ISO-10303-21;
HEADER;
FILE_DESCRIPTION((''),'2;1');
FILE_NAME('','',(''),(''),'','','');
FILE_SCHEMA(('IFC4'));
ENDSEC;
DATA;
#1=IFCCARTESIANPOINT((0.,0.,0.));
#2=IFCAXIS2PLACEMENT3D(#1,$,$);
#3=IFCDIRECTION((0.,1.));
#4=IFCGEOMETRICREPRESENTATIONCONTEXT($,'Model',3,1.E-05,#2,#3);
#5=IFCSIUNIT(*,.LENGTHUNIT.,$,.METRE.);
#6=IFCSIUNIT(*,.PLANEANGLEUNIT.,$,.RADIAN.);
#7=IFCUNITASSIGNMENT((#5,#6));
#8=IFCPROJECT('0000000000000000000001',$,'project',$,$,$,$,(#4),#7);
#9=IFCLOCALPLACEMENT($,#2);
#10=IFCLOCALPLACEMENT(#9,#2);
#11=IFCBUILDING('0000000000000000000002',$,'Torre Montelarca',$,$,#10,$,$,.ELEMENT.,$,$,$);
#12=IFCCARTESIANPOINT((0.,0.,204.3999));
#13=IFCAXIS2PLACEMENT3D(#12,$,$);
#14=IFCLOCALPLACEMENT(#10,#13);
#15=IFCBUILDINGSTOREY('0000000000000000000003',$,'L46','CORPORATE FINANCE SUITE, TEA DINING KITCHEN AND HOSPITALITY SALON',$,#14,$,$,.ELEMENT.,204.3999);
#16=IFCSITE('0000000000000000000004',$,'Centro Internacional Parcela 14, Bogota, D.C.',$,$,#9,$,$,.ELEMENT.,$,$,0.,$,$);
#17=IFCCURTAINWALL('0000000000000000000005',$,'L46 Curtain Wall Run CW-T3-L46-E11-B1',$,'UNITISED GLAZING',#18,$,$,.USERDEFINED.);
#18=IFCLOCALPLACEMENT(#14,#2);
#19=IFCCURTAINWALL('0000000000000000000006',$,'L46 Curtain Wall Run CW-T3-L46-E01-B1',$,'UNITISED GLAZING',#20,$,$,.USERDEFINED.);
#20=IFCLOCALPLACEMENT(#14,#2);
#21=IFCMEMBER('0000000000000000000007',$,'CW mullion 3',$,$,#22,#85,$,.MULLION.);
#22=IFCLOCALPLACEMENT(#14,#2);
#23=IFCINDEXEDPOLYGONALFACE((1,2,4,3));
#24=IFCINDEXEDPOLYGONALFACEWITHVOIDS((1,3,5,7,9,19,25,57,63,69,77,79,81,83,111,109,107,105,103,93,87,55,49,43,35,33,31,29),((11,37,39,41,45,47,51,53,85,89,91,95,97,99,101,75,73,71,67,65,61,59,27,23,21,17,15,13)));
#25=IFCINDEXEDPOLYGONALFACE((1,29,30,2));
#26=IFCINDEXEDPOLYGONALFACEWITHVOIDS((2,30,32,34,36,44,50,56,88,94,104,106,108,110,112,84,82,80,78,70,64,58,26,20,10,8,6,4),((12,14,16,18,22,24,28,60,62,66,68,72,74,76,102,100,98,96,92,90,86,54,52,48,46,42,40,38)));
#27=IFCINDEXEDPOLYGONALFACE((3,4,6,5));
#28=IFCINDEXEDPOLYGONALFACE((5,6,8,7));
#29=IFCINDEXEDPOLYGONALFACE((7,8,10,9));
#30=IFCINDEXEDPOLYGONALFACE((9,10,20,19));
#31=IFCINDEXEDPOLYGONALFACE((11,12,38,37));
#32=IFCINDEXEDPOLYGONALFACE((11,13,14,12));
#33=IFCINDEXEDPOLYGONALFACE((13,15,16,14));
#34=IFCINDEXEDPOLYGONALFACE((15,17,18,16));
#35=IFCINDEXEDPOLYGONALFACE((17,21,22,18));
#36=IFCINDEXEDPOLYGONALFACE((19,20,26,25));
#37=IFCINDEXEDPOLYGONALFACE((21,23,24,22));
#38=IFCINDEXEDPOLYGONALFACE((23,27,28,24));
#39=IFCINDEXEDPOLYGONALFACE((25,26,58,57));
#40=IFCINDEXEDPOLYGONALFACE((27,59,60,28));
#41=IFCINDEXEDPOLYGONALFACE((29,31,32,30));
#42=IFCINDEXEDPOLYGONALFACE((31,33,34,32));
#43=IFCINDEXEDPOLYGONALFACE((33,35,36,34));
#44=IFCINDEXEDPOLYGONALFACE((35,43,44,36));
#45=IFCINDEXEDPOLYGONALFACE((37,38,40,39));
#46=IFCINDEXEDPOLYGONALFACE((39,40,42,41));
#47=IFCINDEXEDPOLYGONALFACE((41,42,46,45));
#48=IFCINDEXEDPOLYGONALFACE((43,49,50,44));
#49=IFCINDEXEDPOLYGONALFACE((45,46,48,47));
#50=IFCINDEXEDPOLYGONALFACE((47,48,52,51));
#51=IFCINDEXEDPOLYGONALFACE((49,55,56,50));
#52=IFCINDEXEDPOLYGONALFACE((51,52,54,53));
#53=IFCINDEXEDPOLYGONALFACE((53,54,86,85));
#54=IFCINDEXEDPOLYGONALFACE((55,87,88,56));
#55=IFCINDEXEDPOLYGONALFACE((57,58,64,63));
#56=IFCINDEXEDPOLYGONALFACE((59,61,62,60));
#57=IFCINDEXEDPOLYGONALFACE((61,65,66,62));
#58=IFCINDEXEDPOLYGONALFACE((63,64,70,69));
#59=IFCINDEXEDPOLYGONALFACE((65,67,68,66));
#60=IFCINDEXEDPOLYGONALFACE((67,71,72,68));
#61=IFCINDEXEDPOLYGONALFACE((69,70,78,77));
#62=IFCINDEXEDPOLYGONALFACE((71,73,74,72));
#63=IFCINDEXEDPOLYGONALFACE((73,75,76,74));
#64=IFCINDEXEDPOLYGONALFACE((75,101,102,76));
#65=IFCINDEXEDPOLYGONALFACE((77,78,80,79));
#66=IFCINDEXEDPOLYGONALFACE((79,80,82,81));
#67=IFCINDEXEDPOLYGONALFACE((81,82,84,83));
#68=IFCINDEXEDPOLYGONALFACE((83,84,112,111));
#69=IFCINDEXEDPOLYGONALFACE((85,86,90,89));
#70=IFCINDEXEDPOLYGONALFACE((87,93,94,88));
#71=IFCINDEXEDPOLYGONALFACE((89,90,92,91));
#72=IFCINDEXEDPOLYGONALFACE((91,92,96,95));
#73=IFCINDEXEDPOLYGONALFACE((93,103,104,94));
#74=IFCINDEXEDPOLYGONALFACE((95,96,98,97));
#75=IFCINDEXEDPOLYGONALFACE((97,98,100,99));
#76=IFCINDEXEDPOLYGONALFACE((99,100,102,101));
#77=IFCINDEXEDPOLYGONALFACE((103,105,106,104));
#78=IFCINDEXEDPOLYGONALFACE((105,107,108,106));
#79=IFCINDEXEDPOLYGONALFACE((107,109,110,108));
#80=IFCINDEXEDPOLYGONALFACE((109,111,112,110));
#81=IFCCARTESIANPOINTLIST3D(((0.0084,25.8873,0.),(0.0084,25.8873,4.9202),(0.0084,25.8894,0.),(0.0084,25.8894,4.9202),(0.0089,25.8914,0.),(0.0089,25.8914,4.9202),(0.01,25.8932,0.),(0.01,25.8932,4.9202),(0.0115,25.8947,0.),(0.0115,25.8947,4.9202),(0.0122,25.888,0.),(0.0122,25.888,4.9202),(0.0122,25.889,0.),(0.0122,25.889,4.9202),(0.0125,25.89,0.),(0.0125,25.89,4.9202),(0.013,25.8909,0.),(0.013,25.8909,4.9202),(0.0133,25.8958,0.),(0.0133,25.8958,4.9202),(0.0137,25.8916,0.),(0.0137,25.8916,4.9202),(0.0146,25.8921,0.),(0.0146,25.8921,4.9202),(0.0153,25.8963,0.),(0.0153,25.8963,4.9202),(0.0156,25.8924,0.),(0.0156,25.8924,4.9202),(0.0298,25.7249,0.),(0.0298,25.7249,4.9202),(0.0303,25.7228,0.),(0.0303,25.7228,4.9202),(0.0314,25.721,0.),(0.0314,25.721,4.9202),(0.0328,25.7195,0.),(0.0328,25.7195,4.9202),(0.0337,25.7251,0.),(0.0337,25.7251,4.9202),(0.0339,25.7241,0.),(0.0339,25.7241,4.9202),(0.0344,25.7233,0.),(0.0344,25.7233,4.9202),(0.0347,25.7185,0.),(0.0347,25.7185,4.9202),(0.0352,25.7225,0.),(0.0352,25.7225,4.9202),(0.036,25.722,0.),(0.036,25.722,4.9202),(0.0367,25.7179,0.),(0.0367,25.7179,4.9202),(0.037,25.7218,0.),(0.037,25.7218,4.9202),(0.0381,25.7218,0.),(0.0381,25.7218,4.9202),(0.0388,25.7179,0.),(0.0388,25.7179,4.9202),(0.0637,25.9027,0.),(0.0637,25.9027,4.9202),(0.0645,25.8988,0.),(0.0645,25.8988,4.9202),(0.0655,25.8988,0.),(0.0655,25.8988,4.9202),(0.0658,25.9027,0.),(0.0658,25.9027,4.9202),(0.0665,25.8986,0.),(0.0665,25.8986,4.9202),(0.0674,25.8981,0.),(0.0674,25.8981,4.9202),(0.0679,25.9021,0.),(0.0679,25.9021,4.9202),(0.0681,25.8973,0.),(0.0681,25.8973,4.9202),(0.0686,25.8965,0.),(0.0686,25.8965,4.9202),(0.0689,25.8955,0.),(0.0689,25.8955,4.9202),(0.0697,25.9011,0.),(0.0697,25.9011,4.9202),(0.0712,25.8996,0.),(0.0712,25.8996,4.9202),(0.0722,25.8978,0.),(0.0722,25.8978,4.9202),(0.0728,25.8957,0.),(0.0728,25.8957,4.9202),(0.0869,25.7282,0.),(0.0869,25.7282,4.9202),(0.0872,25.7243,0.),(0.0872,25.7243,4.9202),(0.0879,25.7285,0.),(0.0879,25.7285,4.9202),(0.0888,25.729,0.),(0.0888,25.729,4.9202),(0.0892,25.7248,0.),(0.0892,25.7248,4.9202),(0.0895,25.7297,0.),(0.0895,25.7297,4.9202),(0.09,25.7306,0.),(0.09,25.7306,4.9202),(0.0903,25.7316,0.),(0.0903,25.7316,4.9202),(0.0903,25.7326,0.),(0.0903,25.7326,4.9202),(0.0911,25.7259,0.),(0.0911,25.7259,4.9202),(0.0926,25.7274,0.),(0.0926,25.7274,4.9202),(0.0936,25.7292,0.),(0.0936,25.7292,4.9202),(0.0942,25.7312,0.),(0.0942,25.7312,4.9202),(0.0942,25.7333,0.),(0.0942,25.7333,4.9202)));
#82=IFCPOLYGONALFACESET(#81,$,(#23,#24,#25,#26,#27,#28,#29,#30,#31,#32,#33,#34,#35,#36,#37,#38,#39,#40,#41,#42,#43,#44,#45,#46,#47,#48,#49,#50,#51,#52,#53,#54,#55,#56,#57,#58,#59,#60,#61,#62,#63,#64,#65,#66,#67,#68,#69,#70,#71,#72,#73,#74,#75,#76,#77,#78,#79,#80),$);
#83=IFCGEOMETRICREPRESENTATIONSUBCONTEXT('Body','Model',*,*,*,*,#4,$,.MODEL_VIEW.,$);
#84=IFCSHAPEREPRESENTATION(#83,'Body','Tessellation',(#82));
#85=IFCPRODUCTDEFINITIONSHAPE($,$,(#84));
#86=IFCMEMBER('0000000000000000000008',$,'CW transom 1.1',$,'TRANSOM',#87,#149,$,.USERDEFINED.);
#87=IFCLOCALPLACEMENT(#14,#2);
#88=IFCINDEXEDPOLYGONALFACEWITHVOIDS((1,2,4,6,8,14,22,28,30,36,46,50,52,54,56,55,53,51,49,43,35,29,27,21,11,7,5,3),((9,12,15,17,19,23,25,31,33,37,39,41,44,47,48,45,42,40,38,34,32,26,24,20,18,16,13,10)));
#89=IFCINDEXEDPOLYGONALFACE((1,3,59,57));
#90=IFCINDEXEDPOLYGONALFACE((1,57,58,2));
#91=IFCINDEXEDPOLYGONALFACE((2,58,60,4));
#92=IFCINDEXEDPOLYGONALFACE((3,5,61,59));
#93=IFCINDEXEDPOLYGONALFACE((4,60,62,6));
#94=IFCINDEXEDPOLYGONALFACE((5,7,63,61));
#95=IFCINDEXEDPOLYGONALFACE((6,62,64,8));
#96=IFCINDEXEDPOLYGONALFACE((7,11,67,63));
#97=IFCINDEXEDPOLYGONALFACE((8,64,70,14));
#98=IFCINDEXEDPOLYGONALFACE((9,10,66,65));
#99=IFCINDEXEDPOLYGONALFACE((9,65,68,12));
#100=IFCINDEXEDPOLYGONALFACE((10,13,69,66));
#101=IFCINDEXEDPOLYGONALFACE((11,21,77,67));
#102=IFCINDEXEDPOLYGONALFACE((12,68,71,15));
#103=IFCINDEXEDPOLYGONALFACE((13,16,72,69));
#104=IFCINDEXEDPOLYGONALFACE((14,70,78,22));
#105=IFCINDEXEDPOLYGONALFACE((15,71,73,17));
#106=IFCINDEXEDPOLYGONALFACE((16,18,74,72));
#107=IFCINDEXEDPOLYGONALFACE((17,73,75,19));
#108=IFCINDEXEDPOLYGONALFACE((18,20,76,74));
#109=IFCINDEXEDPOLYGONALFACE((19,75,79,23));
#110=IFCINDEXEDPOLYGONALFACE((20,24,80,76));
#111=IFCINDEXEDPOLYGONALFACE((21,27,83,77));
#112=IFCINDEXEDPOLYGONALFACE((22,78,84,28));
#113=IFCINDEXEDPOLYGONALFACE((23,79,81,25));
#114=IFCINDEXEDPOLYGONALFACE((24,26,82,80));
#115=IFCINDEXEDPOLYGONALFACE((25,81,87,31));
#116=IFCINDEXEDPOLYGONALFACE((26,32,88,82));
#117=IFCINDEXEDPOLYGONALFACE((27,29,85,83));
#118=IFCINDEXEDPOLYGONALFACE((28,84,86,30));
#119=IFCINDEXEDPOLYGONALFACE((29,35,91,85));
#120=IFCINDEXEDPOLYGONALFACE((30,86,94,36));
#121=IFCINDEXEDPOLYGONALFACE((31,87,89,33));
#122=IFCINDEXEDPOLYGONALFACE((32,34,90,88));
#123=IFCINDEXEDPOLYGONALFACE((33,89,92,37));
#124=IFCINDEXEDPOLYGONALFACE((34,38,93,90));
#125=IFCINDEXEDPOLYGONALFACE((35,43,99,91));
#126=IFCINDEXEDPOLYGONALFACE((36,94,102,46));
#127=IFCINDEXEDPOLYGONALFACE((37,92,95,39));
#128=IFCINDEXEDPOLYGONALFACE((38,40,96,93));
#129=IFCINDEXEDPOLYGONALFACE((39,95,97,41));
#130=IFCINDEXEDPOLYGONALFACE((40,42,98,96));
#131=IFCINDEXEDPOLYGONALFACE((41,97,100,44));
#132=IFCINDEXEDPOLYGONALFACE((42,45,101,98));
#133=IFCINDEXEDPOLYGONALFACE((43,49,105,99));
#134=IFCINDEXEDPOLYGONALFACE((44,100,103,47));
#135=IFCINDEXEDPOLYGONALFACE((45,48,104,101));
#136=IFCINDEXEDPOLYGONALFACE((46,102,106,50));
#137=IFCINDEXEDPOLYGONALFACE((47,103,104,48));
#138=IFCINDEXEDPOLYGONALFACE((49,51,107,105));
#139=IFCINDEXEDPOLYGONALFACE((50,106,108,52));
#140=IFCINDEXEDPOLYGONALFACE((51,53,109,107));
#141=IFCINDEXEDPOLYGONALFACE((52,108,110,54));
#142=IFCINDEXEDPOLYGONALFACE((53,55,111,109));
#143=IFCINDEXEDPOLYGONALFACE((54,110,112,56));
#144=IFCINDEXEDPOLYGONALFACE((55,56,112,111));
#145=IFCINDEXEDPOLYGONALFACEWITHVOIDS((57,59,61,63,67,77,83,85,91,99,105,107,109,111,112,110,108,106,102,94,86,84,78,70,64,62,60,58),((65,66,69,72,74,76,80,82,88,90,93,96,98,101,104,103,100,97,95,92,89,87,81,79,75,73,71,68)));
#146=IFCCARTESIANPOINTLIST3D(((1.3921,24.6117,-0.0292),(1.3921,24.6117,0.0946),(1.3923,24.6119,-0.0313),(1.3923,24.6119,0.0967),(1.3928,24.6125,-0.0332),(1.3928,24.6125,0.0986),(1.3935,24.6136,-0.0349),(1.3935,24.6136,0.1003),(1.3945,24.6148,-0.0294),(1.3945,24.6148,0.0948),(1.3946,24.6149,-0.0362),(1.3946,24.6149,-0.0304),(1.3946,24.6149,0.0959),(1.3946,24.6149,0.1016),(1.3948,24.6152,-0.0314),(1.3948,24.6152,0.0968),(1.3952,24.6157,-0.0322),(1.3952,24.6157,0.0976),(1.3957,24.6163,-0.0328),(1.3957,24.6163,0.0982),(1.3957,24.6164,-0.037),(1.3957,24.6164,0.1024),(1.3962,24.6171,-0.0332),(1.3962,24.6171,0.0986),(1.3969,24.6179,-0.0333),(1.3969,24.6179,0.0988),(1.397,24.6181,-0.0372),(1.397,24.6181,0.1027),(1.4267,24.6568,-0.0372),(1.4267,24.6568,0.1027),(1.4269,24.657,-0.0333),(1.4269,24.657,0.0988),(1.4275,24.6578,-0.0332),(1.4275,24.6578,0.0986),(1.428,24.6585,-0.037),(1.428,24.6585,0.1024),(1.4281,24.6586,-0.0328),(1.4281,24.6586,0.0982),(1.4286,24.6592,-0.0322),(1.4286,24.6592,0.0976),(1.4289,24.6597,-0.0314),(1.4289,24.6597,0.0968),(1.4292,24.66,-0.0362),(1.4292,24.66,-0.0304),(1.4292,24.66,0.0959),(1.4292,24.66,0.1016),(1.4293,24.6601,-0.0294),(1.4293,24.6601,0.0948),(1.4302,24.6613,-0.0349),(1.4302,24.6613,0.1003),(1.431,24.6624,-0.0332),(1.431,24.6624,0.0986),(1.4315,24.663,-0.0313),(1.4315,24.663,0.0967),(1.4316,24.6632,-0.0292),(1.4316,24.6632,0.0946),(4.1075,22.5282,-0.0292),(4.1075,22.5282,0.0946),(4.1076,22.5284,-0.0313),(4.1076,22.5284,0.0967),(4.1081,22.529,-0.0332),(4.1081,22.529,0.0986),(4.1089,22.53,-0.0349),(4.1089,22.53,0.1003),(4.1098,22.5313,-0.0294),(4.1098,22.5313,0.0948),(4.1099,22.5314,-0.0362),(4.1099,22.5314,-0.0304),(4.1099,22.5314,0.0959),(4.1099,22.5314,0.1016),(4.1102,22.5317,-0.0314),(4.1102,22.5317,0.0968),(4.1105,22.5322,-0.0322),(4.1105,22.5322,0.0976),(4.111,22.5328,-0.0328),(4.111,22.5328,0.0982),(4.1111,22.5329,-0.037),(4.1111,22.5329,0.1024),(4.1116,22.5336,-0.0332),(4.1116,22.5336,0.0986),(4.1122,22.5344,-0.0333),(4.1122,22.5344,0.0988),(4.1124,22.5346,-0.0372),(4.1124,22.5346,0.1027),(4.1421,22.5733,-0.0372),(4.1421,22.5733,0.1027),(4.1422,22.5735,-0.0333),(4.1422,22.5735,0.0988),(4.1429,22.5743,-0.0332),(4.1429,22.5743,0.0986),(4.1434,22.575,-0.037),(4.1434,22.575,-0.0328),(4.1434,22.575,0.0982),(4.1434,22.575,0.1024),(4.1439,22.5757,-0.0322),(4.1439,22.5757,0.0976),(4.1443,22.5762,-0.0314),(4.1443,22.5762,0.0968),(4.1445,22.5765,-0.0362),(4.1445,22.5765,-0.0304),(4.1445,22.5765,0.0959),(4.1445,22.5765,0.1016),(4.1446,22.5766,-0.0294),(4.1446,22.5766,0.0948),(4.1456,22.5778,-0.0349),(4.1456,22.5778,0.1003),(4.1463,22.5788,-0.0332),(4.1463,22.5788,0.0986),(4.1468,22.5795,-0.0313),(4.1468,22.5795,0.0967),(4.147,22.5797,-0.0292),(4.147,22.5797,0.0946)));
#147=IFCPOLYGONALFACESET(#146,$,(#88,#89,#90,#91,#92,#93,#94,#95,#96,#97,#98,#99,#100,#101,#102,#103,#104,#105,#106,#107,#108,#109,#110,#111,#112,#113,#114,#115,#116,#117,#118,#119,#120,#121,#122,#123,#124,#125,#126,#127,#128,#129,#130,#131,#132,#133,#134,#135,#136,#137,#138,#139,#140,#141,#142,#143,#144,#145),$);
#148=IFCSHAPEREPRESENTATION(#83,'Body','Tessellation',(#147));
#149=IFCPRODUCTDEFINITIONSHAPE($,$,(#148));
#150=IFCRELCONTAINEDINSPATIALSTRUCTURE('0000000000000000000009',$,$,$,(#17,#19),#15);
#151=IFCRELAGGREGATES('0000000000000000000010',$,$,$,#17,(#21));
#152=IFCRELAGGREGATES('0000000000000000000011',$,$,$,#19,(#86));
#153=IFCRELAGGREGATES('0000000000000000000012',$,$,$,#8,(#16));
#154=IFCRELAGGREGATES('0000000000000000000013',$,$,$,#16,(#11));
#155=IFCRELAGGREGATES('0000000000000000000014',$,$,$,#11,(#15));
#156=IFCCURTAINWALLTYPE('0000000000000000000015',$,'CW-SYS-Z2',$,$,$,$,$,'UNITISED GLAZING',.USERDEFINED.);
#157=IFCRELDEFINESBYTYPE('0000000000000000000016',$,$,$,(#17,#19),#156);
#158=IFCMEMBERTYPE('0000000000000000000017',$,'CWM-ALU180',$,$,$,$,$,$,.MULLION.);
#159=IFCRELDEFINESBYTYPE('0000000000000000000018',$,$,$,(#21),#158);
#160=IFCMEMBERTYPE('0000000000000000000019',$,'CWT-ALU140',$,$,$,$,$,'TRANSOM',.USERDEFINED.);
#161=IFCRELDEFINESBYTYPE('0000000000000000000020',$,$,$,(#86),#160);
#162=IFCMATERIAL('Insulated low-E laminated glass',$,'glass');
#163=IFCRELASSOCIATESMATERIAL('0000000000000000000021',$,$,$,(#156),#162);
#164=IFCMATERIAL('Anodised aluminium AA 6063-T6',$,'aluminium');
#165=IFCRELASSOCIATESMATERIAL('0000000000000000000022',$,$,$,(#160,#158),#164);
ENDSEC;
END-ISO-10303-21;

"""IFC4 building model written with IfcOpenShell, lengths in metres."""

from ifc_helpers import new_model, si_unit, direction, frame, origin, origin_2d, place, context, subcontext, project, spatial, hollow_rectangle, extrude, source, transform, mapped, material, material_profile, profile_set, type_object, element, aggregate, save


model = new_model("IFC4")

# Units and contexts
model_context = context("Model", 3, precision=1e-05, world=origin(), true_north=direction((0.0, 1.0)))
body_context = subcontext(model_context, "Body", "Model", "MODEL_VIEW")
ifc_project = project(units=[si_unit("LENGTHUNIT", "METRE"), si_unit("PLANEANGLEUNIT", "RADIAN")], contexts=[model_context])

# Site, building, storey
site_placement = place(None, origin())
site = spatial("IfcSite", under=ifc_project, at=site_placement, Name="Centro Internacional Parcela 14, Bogota, D.C.", CompositionType="ELEMENT", RefElevation=0.0)
building_placement = place(site_placement, origin())
building = spatial("IfcBuilding", under=site, at=building_placement, Name="Torre Montelarca", CompositionType="ELEMENT")
storey_placement = place(building_placement, frame((0.0, 0.0, 204.3999)))
storey = spatial("IfcBuildingStorey", under=building, at=storey_placement, Name="L46", Description="CORPORATE FINANCE SUITE, TEA DINING KITCHEN AND HOSPITALITY SALON", CompositionType="ELEMENT", Elevation=204.3999)

# Curtain wall
ifc_material_1 = material(Name="Insulated low-E laminated glass", Category="glass")
curtain_wall_type = type_object("IfcCurtainWallType", Name="CW-SYS-Z2", ElementType="UNITISED GLAZING", PredefinedType="USERDEFINED", material=ifc_material_1)
curtain_wall_1_placement = place(storey_placement, origin())
curtain_wall_1 = element("IfcCurtainWall", 1, at=curtain_wall_1_placement, inside=storey, type_object=curtain_wall_type, Name="L46 Curtain Wall Run CW-T3-L46-E11-B1", ObjectType="UNITISED GLAZING", PredefinedType="USERDEFINED")
ifc_material_2 = material(Name="Anodised aluminium AA 6063-T6", Category="aluminium")
ifc_material_profile_1 = material_profile(ifc_material_2, hollow_rectangle(XDim=0.0649, YDim=0.1399, WallThickness=0.0039, InnerFilletRadius=0.0039, OuterFilletRadius=0.0081, at=origin_2d()), Name="ALU65X140X4", Category="aluminium")
ifc_profile_set_1 = profile_set([ifc_material_profile_1], Name="Anodised aluminium AA 6063-T6")
member_type_1 = type_object("IfcMemberType", Name="CWT-ALU140", ElementType="TRANSOM", PredefinedType="USERDEFINED", material=ifc_profile_set_1)

# Curtain wall
curtain_wall_2_placement = place(storey_placement, origin())
curtain_wall_2 = element("IfcCurtainWall", 2, at=curtain_wall_2_placement, inside=storey, type_object=curtain_wall_type, Name="L46 Curtain Wall Run CW-T3-L46-E01-B1", ObjectType="UNITISED GLAZING", PredefinedType="USERDEFINED")
ifc_material_profile_2 = material_profile(ifc_material_2, hollow_rectangle(XDim=0.0649, YDim=0.1799, WallThickness=0.0039, InnerFilletRadius=0.0039, OuterFilletRadius=0.0081, at=origin_2d()), Name="ALU65X180X4", Category="aluminium")
ifc_profile_set_2 = profile_set([ifc_material_profile_2], Name="Anodised aluminium AA 6063-T6")
member_type_2 = type_object("IfcMemberType", Name="CWM-ALU180", PredefinedType="MULLION", material=ifc_profile_set_2)
shared_shape_1 = source(origin(), body_context, "Body", "SweptSolid", [
    extrude(hollow_rectangle(XDim=0.0649, YDim=0.1799, WallThickness=0.0039, InnerFilletRadius=0.0039, OuterFilletRadius=0.0081, at=origin_2d()), origin(), (0.0, 0.0, 1.0), 4.9202),
])

# Members
member_1_placement = place(storey_placement, frame((0.0513, 25.8103, 0.0), z_axis=(0.0, 0.0, 1.0), x_axis=(0.991446, 0.130514, 0.0)))
member_1 = element("IfcMember", 3, at=member_1_placement, type_object=member_type_2, Name="CW mullion 3", PredefinedType="MULLION", context=body_context, shape_type="MappedRepresentation", body=[
    mapped(shared_shape_1, transform((0.0, 0.0, 0.0), scale=1.0)),
])
shared_shape_2 = source(origin(), body_context, "Body", "SweptSolid", [
    extrude(hollow_rectangle(XDim=0.0649, YDim=0.1399, WallThickness=0.0039, InnerFilletRadius=0.0039, OuterFilletRadius=0.0081, at=origin_2d()), origin(), (0.0, 0.0, 1.0), 3.4226),
])
member_2_placement = place(storey_placement, frame((1.4119, 24.6375, 0.0327), z_axis=(0.793361, -0.608752, 0.0), x_axis=(0.608752, 0.793361, 0.0)))
member_2 = element("IfcMember", 4, at=member_2_placement, type_object=member_type_1, Name="CW transom 1.1", ObjectType="TRANSOM", PredefinedType="USERDEFINED", context=body_context, shape_type="MappedRepresentation", body=[
    mapped(shared_shape_2, transform((0.0, 0.0, 0.0), scale=1.0)),
])

aggregate(curtain_wall_1, [member_1])
aggregate(curtain_wall_2, [member_2])

save(model, "model.ifc")
